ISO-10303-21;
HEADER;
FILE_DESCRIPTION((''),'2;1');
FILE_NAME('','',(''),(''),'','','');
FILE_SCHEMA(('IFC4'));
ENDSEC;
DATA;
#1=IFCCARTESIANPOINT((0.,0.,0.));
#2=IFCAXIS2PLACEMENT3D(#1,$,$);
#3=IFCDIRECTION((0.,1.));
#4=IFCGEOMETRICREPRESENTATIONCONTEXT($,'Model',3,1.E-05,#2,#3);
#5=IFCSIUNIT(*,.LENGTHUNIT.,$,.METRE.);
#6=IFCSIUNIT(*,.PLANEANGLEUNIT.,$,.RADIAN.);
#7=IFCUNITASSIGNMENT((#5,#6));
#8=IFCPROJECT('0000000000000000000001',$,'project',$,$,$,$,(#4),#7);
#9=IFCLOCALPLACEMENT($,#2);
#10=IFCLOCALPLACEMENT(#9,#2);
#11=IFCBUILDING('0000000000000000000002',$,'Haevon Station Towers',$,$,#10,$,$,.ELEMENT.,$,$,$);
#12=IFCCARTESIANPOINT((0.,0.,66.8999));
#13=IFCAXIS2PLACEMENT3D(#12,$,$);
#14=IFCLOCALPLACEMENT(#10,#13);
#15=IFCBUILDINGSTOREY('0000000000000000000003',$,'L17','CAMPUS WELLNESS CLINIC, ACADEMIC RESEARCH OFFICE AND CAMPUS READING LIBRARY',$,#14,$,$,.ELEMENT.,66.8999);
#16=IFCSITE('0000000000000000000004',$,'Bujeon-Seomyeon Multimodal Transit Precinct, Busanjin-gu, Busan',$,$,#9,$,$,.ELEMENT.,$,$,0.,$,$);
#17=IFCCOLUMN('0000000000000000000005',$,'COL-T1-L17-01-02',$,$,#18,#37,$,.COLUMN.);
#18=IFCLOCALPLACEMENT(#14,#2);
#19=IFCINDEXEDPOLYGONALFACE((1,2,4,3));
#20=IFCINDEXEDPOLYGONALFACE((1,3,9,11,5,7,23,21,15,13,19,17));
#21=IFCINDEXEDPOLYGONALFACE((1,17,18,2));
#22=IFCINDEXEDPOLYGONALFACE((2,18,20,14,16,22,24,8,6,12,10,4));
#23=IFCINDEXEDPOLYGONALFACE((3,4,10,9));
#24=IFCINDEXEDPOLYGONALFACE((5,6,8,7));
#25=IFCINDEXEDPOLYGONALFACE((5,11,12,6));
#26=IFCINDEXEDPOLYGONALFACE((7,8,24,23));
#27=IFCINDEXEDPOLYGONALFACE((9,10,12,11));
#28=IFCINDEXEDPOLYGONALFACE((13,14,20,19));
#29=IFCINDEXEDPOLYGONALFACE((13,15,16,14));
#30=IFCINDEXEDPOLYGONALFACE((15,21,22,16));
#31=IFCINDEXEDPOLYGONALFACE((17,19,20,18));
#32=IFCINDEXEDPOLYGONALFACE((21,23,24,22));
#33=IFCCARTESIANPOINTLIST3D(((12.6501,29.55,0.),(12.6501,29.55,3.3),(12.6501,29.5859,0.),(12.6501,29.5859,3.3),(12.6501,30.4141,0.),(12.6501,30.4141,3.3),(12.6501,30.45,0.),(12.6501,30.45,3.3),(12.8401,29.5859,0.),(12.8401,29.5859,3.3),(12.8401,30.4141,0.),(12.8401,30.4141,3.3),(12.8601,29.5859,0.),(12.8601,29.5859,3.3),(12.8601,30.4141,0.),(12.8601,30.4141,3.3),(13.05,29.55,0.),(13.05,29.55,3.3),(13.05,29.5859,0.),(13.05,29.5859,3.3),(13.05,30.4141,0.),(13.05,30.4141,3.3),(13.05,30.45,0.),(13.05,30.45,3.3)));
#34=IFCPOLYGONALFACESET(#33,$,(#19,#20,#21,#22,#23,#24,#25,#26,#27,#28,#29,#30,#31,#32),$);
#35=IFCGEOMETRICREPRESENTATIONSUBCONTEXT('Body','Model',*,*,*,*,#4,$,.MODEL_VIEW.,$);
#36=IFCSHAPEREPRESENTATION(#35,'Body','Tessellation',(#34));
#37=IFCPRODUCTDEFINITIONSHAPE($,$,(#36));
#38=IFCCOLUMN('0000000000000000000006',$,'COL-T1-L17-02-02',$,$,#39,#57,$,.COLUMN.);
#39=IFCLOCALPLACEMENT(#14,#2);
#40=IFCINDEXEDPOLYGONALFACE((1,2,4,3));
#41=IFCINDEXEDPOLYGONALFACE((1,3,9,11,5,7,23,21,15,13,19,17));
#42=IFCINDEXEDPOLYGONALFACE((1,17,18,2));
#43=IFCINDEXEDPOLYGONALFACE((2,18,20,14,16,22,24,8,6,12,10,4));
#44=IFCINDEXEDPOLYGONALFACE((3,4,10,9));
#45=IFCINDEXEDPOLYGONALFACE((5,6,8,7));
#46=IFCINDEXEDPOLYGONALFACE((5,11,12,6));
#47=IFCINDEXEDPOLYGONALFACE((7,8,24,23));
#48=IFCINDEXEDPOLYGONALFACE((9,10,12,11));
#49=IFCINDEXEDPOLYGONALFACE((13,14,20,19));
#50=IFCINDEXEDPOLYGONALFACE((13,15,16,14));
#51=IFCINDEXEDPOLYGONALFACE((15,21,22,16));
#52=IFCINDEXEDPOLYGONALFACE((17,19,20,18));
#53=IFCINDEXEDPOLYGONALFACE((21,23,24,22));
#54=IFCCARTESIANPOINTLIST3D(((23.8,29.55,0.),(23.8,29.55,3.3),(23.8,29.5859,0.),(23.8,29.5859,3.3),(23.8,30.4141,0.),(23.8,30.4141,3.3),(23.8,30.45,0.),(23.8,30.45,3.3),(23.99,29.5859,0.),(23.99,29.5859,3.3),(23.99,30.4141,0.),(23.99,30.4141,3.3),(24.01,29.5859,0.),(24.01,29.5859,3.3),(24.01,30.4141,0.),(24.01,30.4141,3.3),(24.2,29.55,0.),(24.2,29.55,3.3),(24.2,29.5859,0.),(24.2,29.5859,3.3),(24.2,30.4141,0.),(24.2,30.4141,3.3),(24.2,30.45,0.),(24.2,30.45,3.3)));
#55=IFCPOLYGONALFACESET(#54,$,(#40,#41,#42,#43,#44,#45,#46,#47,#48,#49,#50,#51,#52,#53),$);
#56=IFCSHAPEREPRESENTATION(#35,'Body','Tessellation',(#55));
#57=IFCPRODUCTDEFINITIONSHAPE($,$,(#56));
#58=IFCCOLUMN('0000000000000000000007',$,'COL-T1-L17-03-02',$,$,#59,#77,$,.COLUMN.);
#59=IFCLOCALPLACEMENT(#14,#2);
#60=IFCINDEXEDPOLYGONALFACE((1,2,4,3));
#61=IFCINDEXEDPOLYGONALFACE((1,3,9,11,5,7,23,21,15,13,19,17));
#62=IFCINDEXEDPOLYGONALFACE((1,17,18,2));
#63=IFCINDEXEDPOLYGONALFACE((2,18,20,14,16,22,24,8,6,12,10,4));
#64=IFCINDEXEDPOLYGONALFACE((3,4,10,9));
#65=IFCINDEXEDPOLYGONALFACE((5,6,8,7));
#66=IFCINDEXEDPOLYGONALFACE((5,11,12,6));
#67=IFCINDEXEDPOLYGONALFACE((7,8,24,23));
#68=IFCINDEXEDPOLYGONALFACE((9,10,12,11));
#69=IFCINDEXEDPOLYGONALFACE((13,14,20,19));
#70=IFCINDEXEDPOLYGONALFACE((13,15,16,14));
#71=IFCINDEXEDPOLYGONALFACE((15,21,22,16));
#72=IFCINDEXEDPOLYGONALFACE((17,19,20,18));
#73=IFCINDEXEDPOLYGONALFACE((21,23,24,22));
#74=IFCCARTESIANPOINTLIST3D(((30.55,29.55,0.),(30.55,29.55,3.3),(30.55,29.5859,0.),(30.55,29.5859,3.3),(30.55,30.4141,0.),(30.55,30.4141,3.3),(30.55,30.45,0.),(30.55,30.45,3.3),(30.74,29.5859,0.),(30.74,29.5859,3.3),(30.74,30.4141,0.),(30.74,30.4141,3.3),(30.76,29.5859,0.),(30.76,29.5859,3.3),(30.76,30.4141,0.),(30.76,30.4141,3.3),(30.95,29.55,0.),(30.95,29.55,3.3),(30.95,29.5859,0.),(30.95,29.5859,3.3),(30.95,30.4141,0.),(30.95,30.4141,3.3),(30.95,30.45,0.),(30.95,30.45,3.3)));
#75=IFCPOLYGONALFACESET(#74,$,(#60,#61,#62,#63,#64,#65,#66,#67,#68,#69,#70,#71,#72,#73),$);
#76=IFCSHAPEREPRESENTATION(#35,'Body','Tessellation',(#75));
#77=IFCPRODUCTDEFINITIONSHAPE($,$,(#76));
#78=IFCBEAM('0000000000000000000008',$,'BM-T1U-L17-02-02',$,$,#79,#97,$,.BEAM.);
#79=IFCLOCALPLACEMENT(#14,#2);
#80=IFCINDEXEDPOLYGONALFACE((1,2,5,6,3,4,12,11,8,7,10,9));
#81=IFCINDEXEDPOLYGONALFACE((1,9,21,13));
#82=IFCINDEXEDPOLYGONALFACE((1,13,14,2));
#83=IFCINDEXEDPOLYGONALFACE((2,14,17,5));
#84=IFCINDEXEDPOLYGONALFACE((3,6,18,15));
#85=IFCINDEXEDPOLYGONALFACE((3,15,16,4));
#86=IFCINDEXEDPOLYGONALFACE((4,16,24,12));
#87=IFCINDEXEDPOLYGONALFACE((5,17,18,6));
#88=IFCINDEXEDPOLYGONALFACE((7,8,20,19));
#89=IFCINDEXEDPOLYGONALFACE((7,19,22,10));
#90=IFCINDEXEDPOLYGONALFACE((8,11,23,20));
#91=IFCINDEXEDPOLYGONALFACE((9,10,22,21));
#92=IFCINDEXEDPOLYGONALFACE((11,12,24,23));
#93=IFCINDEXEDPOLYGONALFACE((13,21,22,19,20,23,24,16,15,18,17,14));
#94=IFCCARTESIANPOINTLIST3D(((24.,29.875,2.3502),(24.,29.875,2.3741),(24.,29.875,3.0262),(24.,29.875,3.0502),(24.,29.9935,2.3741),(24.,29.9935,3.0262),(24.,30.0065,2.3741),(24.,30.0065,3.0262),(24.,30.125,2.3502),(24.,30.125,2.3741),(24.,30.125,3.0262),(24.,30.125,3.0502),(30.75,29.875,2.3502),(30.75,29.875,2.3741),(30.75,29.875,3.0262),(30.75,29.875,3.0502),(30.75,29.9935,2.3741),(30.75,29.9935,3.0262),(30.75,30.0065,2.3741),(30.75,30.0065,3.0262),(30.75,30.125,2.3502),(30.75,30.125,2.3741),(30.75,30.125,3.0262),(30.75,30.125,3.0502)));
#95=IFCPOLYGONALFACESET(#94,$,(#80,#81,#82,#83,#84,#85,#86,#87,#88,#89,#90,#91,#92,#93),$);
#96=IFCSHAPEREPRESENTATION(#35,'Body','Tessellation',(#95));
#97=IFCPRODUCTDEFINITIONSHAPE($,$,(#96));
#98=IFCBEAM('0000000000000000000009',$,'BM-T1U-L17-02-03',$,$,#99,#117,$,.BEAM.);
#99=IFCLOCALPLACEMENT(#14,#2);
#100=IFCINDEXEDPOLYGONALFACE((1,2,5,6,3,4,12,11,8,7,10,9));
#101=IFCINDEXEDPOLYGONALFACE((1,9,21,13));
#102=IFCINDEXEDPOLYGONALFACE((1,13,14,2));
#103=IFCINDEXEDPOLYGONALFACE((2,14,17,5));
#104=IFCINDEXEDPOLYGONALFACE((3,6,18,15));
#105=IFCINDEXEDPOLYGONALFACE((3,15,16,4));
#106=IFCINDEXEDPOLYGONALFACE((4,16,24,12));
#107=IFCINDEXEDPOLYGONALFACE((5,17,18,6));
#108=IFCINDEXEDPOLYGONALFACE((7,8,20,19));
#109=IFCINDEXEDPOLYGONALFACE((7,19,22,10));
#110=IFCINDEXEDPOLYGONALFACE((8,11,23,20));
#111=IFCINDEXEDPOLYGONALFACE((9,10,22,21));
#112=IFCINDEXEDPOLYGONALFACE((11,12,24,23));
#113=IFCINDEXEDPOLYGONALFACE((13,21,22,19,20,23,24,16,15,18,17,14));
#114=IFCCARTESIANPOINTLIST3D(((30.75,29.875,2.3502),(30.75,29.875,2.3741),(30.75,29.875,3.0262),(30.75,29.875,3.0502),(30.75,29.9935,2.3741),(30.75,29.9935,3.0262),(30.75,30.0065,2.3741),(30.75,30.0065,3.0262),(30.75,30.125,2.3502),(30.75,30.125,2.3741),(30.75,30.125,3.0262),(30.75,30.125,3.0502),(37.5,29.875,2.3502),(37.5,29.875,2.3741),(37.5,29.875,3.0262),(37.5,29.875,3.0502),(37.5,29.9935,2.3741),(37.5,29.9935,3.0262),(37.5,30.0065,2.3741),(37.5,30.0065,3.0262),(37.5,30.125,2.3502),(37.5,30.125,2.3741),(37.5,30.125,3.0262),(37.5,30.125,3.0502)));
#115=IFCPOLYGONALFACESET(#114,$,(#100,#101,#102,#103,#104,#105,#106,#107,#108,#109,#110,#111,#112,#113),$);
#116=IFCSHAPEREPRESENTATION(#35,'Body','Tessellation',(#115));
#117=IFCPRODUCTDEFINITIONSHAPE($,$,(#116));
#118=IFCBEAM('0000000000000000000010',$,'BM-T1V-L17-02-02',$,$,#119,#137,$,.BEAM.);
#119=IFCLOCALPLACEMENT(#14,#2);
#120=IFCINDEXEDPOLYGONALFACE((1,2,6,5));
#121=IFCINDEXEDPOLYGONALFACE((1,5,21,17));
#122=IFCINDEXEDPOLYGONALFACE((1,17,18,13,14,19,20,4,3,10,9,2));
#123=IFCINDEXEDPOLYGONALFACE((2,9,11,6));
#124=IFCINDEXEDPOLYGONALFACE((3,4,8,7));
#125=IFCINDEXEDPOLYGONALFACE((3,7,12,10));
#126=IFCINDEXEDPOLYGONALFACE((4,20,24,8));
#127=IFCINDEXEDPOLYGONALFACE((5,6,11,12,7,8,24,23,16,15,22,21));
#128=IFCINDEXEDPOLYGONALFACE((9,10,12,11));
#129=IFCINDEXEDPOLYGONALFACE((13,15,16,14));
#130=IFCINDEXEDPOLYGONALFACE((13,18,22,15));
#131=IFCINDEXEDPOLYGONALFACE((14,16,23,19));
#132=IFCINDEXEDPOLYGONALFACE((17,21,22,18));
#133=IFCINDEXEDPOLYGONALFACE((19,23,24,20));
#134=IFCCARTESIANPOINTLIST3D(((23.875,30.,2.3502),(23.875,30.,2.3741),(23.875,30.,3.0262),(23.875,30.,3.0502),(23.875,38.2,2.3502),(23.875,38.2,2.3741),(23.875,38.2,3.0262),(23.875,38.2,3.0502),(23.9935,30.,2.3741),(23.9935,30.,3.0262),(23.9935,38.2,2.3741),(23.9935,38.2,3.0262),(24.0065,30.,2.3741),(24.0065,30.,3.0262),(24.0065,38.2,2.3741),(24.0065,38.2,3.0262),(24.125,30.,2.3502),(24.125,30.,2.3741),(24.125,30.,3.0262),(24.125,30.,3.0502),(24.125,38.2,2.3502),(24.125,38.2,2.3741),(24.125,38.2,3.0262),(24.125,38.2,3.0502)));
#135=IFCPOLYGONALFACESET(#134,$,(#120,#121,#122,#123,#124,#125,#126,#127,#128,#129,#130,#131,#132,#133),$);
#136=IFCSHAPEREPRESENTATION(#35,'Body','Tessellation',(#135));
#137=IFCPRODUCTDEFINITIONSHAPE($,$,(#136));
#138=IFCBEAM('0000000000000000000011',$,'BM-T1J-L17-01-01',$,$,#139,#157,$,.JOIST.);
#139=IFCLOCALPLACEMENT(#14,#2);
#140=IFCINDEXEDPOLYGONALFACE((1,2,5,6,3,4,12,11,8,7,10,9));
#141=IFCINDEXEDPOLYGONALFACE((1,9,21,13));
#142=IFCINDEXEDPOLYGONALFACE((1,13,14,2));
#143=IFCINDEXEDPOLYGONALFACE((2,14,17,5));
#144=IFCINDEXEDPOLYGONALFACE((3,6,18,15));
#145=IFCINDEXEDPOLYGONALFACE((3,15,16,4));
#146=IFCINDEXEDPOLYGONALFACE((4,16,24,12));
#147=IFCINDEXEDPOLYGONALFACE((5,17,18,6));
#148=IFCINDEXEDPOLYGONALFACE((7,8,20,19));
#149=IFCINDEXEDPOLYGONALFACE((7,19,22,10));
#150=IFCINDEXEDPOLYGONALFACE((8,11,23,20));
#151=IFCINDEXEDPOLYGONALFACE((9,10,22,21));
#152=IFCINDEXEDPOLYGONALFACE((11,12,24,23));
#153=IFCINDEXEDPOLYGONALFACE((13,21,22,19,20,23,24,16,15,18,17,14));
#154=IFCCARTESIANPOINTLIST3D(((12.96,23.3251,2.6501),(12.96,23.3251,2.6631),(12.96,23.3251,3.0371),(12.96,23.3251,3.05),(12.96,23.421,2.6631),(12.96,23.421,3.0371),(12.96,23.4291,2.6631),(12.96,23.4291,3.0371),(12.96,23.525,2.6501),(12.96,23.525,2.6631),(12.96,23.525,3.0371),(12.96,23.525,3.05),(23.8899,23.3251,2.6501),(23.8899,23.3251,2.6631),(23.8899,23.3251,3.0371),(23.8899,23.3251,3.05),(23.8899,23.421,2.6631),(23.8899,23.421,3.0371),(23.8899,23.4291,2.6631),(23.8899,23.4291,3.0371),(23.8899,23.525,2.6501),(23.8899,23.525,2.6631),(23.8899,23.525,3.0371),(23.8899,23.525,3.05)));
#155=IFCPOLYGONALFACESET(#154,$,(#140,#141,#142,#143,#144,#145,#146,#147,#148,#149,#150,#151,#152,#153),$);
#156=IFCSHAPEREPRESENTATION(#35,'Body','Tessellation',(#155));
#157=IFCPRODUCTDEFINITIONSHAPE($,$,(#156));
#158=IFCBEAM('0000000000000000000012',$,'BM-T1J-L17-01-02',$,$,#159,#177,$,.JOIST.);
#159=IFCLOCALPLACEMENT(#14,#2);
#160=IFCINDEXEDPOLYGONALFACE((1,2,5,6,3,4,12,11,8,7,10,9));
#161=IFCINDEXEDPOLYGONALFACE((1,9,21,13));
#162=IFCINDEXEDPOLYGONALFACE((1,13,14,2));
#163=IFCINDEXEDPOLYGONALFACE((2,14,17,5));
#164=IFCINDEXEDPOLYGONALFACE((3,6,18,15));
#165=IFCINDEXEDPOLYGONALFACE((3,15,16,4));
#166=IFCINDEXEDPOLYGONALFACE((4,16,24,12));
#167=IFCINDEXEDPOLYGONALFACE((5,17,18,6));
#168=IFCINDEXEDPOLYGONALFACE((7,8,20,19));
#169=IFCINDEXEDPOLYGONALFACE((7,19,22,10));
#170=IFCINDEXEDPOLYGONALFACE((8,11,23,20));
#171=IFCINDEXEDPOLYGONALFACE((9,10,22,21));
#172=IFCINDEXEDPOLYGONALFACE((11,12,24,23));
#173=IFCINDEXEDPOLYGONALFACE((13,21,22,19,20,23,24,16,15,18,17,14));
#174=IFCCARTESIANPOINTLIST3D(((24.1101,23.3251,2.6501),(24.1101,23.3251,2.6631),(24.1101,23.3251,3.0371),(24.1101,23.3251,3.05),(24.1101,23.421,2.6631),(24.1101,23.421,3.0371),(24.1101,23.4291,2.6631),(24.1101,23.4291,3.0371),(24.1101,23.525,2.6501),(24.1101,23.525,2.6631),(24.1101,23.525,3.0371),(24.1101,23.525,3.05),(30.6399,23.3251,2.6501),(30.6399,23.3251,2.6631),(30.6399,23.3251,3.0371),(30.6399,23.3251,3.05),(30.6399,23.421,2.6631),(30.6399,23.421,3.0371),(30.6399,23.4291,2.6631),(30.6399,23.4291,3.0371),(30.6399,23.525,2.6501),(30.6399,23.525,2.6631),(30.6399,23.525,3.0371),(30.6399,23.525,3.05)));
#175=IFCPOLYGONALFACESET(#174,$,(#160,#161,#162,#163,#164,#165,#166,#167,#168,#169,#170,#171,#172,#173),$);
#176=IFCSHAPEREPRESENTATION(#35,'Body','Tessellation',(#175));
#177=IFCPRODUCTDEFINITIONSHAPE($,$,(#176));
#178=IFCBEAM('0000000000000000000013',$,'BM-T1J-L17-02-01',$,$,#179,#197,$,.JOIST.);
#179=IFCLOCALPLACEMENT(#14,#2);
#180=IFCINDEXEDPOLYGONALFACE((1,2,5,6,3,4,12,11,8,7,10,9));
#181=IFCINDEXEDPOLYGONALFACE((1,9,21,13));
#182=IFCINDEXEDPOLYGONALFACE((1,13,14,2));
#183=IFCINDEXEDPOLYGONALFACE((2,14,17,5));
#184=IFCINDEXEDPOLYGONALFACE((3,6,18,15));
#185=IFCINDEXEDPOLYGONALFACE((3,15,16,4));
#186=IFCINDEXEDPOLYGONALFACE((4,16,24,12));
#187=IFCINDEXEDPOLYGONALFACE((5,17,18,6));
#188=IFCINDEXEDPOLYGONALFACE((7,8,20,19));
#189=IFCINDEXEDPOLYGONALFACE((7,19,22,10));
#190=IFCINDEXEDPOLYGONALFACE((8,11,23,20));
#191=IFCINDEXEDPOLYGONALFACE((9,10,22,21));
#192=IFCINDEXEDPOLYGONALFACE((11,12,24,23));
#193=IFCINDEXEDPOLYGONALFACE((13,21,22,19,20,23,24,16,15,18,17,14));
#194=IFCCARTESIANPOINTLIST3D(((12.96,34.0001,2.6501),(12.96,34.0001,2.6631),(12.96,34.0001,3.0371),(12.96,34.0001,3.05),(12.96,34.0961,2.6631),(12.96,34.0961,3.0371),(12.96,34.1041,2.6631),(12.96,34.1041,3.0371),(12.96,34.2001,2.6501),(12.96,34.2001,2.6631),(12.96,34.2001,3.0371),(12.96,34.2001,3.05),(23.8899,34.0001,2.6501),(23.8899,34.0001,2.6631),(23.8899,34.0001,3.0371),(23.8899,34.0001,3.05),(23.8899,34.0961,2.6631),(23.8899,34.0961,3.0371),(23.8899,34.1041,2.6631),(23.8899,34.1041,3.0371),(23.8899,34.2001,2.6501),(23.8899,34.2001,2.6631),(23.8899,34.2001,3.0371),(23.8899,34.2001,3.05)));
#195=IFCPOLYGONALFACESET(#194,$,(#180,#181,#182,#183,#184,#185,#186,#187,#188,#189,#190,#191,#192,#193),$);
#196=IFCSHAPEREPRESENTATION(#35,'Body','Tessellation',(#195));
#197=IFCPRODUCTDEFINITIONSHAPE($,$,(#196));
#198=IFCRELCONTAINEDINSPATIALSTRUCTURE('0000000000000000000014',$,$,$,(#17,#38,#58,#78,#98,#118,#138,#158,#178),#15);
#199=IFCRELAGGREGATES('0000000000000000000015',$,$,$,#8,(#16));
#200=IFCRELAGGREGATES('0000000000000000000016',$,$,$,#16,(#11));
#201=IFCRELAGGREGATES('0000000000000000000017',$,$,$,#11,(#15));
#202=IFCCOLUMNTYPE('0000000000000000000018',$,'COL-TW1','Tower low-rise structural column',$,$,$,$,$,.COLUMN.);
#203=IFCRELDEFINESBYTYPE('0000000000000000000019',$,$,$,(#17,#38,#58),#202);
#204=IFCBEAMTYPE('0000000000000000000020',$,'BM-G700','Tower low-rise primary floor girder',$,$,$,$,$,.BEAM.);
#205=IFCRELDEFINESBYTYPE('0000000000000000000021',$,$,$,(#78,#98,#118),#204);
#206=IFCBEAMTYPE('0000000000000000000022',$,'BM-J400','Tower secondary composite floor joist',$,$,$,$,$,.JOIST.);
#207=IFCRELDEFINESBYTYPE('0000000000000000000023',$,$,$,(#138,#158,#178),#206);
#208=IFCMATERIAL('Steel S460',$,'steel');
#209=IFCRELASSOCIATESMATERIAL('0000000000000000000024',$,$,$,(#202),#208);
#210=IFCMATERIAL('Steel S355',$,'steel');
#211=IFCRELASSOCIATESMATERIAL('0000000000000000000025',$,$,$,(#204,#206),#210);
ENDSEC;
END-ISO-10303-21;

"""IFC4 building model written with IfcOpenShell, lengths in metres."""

from ifc_helpers import new_model, si_unit, direction, frame, origin, origin_2d, place, context, subcontext, project, spatial, i_section, extrude, material, material_profile, profile_set, type_object, element, save


model = new_model("IFC4")

# Units and contexts
model_context = context("Model", 3, precision=1e-05, world=origin(), true_north=direction((0.0, 1.0)))
body_context = subcontext(model_context, "Body", "Model", "MODEL_VIEW")
ifc_project = project(units=[si_unit("LENGTHUNIT", "METRE"), si_unit("PLANEANGLEUNIT", "RADIAN")], contexts=[model_context])

# Site, building, storey
site_placement = place(None, origin())
site = spatial("IfcSite", under=ifc_project, at=site_placement, Name="Bujeon-Seomyeon Multimodal Transit Precinct, Busanjin-gu, Busan", CompositionType="ELEMENT", RefElevation=0.0)
building_placement = place(site_placement, origin())
building = spatial("IfcBuilding", under=site, at=building_placement, Name="Haevon Station Towers", CompositionType="ELEMENT")
storey_placement = place(building_placement, frame((0.0, 0.0, 66.8999)))
storey = spatial("IfcBuildingStorey", under=building, at=storey_placement, Name="L17", Description="CAMPUS WELLNESS CLINIC, ACADEMIC RESEARCH OFFICE AND CAMPUS READING LIBRARY", CompositionType="ELEMENT", Elevation=66.8999)

# Columns
ifc_material_1 = material(Name="Steel S460", Category="steel")
ifc_material_profile_1 = material_profile(ifc_material_1, i_section(OverallWidth=0.3999, OverallDepth=0.8999, WebThickness=0.02, FlangeThickness=0.0359, at=origin_2d()), Name="H-900x400x20x36")
ifc_profile_set_1 = profile_set([ifc_material_profile_1], Name="Steel S460")
column_type = type_object("IfcColumnType", Name="COL-TW1", Description="Tower low-rise structural column", PredefinedType="COLUMN", material=ifc_profile_set_1)
for number, where, z_axis, x_axis, name in (
    (1, (12.8501, 30.0, 0.0), (0.0, 0.0, 1.0), (1.0, 0.0, 0.0), "COL-T1-L17-01-02"),
    (2, (24.0, 30.0, 0.0), (0.0, 0.0, 1.0), (1.0, 0.0, 0.0), "COL-T1-L17-02-02"),
    (3, (30.75, 30.0, 0.0), (0.0, 0.0, 1.0), (1.0, 0.0, 0.0), "COL-T1-L17-03-02"),
):
    element("IfcColumn", number, at=place(storey_placement, frame(where, z_axis=z_axis, x_axis=x_axis)), inside=storey, type_object=column_type, Name=name, PredefinedType="COLUMN", context=body_context, shape_type="SweptSolid", body=[
        extrude(i_section(OverallWidth=0.3999, OverallDepth=0.8999, WebThickness=0.02, FlangeThickness=0.0359, at=origin_2d()), origin(), (0.0, 0.0, 1.0), 3.3),
    ])

# Beams
ifc_material_2 = material(Name="Steel S355", Category="steel")
ifc_material_profile_2 = material_profile(ifc_material_2, i_section(OverallWidth=0.25, OverallDepth=0.7, WebThickness=0.0129, FlangeThickness=0.0239, at=origin_2d()), Name="H-700x250x13x24")
ifc_profile_set_2 = profile_set([ifc_material_profile_2], Name="Steel S355")
beam_type_1 = type_object("IfcBeamType", Name="BM-G700", Description="Tower low-rise primary floor girder", PredefinedType="BEAM", material=ifc_profile_set_2)
for number, where, z_axis, x_axis, name in (
    (4, (24.0, 30.0, 2.7002), (1.0, 0.0, 0.0), (0.0, 1.0, 0.0), "BM-T1U-L17-02-02"),
    (5, (30.75, 30.0, 2.7002), (1.0, 0.0, 0.0), (0.0, 1.0, 0.0), "BM-T1U-L17-02-03"),
):
    element("IfcBeam", number, at=place(storey_placement, frame(where, z_axis=z_axis, x_axis=x_axis)), inside=storey, type_object=beam_type_1, Name=name, PredefinedType="BEAM", context=body_context, shape_type="SweptSolid", body=[
        extrude(i_section(OverallWidth=0.25, OverallDepth=0.7, WebThickness=0.0129, FlangeThickness=0.0239, at=origin_2d()), origin(), (0.0, 0.0, 1.0), 6.75),
    ])
beam_1_placement = place(storey_placement, frame((24.0, 30.0, 2.7002), z_axis=(0.0, 1.0, 0.0), x_axis=(-1.0, 0.0, 0.0)))
element("IfcBeam", 6, at=beam_1_placement, inside=storey, type_object=beam_type_1, Name="BM-T1V-L17-02-02", PredefinedType="BEAM", context=body_context, shape_type="SweptSolid", body=[
    extrude(i_section(OverallWidth=0.25, OverallDepth=0.7, WebThickness=0.0129, FlangeThickness=0.0239, at=origin_2d()), origin(), (0.0, 0.0, 1.0), 8.2),
])
ifc_material_profile_3 = material_profile(ifc_material_2, i_section(OverallWidth=0.2, OverallDepth=0.3999, WebThickness=0.0081, FlangeThickness=0.0129, at=origin_2d()), Name="H-400x200x8x13")
ifc_profile_set_3 = profile_set([ifc_material_profile_3], Name="Steel S355")
beam_type_2 = type_object("IfcBeamType", Name="BM-J400", Description="Tower secondary composite floor joist", PredefinedType="JOIST", material=ifc_profile_set_3)
beam_2_placement = place(storey_placement, frame((12.96, 23.425, 2.8501), z_axis=(1.0, 0.0, 0.0), x_axis=(0.0, 1.0, 0.0)))
element("IfcBeam", 7, at=beam_2_placement, inside=storey, type_object=beam_type_2, Name="BM-T1J-L17-01-01", PredefinedType="JOIST", context=body_context, shape_type="SweptSolid", body=[
    extrude(i_section(OverallWidth=0.2, OverallDepth=0.3999, WebThickness=0.0081, FlangeThickness=0.0129, at=origin_2d()), origin(), (0.0, 0.0, 1.0), 10.9299),
])
beam_3_placement = place(storey_placement, frame((24.1101, 23.425, 2.8501), z_axis=(1.0, 0.0, 0.0), x_axis=(0.0, 1.0, 0.0)))
element("IfcBeam", 8, at=beam_3_placement, inside=storey, type_object=beam_type_2, Name="BM-T1J-L17-01-02", PredefinedType="JOIST", context=body_context, shape_type="SweptSolid", body=[
    extrude(i_section(OverallWidth=0.2, OverallDepth=0.3999, WebThickness=0.0081, FlangeThickness=0.0129, at=origin_2d()), origin(), (0.0, 0.0, 1.0), 6.5298),
])
beam_4_placement = place(storey_placement, frame((12.96, 34.1001, 2.8501), z_axis=(1.0, 0.0, 0.0), x_axis=(0.0, 1.0, 0.0)))
element("IfcBeam", 9, at=beam_4_placement, inside=storey, type_object=beam_type_2, Name="BM-T1J-L17-02-01", PredefinedType="JOIST", context=body_context, shape_type="SweptSolid", body=[
    extrude(i_section(OverallWidth=0.2, OverallDepth=0.3999, WebThickness=0.0081, FlangeThickness=0.0129, at=origin_2d()), origin(), (0.0, 0.0, 1.0), 10.9299),
])

save(model, "model.ifc")
